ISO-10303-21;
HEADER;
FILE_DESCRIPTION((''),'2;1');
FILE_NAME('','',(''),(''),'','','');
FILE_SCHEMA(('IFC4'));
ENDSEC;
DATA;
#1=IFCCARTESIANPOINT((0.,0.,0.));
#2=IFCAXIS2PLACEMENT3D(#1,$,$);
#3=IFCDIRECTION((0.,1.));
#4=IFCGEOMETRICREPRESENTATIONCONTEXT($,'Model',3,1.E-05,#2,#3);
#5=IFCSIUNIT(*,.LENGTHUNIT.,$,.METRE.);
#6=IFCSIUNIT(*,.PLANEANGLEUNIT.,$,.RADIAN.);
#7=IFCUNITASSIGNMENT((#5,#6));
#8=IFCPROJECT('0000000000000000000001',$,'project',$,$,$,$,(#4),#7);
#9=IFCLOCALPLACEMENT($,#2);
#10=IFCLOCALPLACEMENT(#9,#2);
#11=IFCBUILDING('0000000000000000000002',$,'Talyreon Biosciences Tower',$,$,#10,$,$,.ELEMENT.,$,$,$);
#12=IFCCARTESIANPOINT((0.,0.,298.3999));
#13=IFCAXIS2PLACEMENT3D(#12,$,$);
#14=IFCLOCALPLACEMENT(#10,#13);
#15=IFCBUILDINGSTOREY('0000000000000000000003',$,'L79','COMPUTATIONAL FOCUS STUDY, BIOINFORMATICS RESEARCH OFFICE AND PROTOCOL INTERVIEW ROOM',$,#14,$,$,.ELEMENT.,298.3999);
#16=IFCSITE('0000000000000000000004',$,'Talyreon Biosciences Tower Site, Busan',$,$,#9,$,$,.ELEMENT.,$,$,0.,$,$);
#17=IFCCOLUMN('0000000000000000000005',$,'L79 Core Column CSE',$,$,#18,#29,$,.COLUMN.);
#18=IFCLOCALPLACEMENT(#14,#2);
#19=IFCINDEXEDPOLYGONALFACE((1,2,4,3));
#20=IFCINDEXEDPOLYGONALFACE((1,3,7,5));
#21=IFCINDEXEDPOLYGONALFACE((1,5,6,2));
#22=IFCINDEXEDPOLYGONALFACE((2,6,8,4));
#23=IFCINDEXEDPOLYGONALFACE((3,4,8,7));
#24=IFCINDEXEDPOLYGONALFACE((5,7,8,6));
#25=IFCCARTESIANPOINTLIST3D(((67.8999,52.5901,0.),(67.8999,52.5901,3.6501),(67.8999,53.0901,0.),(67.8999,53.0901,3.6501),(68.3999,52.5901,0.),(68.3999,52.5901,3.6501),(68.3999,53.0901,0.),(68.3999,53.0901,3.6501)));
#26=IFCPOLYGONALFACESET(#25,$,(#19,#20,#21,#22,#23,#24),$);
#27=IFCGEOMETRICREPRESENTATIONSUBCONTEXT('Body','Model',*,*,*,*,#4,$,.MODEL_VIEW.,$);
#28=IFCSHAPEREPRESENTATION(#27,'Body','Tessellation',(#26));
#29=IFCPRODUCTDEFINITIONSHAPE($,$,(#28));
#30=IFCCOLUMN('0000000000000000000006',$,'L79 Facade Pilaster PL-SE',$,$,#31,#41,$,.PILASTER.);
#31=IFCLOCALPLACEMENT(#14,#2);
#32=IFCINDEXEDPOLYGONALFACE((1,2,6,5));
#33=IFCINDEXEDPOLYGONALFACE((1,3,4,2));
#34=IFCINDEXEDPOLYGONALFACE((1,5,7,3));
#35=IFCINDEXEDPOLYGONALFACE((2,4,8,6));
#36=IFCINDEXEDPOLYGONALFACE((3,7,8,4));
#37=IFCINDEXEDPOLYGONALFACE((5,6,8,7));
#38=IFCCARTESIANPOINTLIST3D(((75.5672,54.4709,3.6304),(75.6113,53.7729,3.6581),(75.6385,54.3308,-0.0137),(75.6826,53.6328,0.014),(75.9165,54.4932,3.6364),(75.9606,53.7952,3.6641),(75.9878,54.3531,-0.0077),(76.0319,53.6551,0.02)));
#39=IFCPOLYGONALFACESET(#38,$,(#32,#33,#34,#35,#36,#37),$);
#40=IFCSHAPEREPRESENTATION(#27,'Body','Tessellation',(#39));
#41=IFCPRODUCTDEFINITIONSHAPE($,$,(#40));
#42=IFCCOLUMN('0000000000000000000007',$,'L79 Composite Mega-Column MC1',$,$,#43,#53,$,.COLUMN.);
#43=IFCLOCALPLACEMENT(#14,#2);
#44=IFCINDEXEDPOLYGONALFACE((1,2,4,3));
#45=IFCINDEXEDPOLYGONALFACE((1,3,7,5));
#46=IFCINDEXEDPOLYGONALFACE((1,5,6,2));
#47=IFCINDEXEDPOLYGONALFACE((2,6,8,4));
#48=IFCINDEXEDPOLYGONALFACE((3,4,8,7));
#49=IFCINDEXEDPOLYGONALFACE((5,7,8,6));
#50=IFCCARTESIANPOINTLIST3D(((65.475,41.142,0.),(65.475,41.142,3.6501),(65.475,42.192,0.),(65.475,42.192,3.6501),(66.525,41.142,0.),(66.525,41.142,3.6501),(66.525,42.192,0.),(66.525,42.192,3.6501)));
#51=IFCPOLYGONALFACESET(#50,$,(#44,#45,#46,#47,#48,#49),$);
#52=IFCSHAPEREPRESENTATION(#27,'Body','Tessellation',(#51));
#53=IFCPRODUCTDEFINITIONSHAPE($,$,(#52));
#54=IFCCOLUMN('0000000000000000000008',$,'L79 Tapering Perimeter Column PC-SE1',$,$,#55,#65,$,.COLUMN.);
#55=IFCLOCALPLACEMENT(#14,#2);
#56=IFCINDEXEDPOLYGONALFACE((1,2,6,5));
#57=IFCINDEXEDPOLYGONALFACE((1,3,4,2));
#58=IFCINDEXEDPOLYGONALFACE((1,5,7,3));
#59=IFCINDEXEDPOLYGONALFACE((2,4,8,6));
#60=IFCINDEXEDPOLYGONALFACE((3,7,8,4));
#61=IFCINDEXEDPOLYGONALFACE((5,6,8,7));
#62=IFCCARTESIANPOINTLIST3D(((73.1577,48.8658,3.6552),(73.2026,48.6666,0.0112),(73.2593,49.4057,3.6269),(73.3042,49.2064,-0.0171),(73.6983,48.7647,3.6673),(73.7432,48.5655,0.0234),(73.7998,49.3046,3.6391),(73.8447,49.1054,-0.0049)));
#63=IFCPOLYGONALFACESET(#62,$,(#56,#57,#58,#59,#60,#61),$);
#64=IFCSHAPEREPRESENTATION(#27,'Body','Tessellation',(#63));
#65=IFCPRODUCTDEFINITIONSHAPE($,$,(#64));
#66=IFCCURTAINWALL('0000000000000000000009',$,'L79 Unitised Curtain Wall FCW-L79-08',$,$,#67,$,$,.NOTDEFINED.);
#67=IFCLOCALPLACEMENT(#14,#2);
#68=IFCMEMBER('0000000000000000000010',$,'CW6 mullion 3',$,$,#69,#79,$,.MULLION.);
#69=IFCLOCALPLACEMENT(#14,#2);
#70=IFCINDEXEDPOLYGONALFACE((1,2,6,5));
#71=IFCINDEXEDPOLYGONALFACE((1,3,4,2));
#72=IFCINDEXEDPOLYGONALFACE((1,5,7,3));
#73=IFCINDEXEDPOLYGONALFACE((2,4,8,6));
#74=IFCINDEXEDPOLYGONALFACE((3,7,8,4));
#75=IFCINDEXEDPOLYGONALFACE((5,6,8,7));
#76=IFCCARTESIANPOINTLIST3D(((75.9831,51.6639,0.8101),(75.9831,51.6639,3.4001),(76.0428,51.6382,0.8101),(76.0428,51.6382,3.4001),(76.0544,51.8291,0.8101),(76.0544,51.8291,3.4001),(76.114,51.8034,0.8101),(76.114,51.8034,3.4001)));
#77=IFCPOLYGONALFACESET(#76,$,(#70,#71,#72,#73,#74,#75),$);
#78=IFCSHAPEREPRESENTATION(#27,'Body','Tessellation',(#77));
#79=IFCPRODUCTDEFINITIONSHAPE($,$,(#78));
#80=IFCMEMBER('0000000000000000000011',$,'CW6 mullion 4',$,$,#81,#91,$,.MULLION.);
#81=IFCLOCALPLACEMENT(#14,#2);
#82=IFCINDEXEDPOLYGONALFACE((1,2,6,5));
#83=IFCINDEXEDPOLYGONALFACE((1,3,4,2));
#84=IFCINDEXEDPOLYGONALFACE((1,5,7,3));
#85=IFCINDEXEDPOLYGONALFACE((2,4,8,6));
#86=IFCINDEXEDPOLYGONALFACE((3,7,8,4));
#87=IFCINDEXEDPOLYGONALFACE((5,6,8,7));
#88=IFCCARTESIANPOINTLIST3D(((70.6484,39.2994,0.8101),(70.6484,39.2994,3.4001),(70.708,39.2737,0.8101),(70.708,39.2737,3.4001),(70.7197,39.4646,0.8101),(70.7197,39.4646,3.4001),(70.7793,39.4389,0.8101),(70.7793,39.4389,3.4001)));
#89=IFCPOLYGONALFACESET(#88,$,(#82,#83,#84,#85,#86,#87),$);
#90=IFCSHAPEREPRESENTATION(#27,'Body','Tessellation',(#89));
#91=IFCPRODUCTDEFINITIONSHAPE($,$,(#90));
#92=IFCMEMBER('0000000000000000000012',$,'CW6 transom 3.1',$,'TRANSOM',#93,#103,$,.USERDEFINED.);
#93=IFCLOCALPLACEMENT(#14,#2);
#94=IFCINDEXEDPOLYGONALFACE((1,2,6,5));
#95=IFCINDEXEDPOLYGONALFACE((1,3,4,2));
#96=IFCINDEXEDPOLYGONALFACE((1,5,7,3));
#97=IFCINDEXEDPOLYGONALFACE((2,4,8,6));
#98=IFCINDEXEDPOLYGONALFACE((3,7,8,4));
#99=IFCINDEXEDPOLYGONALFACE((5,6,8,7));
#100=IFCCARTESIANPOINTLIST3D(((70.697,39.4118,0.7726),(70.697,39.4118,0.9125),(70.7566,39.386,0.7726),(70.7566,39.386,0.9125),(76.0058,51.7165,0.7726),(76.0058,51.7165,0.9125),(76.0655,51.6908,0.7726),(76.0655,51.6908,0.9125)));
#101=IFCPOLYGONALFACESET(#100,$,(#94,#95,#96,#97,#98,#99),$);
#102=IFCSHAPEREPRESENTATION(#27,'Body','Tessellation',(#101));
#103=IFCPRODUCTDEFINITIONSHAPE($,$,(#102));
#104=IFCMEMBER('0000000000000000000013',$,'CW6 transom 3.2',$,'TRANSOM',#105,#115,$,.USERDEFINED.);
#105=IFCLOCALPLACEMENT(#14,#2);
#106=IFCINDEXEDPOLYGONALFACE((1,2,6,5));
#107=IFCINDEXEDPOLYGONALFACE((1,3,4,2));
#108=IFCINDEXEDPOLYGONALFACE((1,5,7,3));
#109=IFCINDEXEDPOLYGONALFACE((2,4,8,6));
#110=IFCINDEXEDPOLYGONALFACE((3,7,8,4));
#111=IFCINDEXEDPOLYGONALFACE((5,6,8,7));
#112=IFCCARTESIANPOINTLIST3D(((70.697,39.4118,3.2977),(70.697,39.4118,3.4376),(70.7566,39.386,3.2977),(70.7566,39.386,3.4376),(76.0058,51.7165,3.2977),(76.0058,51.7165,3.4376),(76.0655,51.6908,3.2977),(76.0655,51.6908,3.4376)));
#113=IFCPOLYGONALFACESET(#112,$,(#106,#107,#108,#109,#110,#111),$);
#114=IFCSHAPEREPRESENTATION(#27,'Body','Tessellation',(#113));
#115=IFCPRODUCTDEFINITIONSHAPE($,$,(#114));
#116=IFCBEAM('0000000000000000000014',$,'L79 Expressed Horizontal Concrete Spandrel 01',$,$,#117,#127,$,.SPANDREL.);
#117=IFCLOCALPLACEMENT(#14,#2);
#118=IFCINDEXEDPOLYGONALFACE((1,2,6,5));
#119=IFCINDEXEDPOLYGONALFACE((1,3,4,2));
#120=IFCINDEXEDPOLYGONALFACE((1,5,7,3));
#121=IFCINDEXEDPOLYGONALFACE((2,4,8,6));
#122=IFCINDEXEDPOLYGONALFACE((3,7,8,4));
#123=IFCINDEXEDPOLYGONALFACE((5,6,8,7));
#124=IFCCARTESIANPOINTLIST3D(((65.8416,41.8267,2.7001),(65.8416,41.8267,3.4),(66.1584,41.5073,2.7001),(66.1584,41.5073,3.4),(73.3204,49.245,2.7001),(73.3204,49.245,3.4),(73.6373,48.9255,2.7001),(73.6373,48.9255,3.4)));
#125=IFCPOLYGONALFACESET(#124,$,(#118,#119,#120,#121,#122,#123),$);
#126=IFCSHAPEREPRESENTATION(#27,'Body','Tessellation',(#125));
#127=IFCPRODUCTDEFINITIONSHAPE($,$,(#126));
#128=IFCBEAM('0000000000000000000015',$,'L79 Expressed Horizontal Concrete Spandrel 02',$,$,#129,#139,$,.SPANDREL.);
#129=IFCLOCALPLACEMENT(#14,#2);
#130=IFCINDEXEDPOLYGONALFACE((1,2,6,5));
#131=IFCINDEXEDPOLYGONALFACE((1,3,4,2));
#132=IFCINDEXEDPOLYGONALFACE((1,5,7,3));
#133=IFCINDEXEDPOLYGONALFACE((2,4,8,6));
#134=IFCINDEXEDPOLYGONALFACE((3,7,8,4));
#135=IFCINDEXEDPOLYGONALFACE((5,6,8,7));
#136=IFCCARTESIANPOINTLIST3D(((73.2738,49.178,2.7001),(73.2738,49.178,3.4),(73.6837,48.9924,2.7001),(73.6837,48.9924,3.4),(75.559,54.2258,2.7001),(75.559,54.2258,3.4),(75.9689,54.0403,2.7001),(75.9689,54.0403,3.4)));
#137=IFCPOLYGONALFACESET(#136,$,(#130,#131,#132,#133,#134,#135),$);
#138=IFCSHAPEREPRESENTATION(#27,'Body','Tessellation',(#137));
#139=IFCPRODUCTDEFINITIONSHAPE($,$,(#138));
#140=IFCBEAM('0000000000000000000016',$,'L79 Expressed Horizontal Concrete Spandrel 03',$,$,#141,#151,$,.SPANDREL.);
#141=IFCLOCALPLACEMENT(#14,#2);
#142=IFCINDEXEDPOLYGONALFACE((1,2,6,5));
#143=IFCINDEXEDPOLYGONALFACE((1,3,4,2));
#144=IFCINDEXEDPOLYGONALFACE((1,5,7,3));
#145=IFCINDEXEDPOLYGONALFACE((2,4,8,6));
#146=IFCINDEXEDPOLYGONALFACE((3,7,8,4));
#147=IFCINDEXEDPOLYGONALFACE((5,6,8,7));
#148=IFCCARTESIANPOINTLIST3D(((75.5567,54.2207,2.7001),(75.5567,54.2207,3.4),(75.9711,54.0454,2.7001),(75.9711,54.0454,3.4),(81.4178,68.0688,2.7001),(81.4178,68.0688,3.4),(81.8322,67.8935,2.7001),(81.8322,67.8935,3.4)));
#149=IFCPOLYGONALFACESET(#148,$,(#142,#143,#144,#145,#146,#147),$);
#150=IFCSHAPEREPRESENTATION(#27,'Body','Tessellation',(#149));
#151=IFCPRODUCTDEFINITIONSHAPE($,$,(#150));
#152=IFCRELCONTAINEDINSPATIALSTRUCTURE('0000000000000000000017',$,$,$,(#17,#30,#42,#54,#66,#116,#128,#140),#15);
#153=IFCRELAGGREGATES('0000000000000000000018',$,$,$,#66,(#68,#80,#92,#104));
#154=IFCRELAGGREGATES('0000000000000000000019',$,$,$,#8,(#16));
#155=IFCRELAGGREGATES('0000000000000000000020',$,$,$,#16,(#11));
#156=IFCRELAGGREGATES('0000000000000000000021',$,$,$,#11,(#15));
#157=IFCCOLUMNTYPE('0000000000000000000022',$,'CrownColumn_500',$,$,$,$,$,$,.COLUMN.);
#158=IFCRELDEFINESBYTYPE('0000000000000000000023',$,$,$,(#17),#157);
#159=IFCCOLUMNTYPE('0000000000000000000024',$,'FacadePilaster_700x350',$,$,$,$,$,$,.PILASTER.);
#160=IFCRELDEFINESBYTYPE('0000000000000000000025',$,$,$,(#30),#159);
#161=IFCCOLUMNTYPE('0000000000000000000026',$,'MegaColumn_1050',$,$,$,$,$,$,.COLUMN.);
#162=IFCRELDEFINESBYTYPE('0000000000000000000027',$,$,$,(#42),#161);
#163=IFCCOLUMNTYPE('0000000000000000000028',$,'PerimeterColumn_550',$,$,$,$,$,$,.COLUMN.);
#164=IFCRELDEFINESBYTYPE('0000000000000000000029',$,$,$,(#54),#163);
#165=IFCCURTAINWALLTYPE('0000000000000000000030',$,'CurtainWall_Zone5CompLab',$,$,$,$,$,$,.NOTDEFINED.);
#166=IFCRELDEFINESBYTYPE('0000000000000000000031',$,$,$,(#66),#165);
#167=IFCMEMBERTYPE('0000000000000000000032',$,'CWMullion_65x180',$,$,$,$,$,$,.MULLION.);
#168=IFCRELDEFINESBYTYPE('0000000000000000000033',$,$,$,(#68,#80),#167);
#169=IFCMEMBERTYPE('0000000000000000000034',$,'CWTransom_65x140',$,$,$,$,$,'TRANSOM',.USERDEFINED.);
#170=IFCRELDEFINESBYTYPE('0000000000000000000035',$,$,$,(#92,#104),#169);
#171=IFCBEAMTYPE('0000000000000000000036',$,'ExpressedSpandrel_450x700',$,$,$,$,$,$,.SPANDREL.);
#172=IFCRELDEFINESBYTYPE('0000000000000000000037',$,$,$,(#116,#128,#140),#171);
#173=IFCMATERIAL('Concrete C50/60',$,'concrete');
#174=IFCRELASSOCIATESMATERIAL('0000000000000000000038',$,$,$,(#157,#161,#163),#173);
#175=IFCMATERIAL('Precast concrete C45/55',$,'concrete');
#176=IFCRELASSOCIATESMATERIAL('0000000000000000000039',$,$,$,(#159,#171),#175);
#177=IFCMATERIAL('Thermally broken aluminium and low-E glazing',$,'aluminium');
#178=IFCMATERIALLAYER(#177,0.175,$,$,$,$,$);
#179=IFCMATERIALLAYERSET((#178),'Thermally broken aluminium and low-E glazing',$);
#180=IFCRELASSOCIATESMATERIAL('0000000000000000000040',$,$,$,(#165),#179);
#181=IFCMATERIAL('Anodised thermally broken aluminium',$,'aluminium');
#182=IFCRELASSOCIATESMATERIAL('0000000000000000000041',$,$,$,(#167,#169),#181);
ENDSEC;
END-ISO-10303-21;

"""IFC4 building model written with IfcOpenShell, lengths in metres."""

from ifc_helpers import new_model, si_unit, direction, frame, origin, origin_2d, place, context, subcontext, project, spatial, rectangle, extrude, material, layer, layer_set, material_profile, profile_set, type_object, element, aggregate, save


model = new_model("IFC4")

# Units and contexts
model_context = context("Model", 3, precision=1e-05, world=origin(), true_north=direction((0.0, 1.0)))
body_context = subcontext(model_context, "Body", "Model", "MODEL_VIEW")
ifc_project = project(units=[si_unit("LENGTHUNIT", "METRE"), si_unit("PLANEANGLEUNIT", "RADIAN")], contexts=[model_context])

# Site, building, storey
site_placement = place(None, origin())
site = spatial("IfcSite", under=ifc_project, at=site_placement, Name="Talyreon Biosciences Tower Site, Busan", CompositionType="ELEMENT", RefElevation=0.0)
building_placement = place(site_placement, origin())
building = spatial("IfcBuilding", under=site, at=building_placement, Name="Talyreon Biosciences Tower", CompositionType="ELEMENT")
storey_placement = place(building_placement, frame((0.0, 0.0, 298.3999)))
storey = spatial("IfcBuildingStorey", under=building, at=storey_placement, Name="L79", Description="COMPUTATIONAL FOCUS STUDY, BIOINFORMATICS RESEARCH OFFICE AND PROTOCOL INTERVIEW ROOM", CompositionType="ELEMENT", Elevation=298.3999)

# Columns
ifc_material_1 = material(Name="Concrete C50/60", Category="concrete")
ifc_material_profile_1 = material_profile(ifc_material_1, rectangle(XDim=0.5, YDim=0.5, at=origin_2d()), Name="RC 500x500")
ifc_profile_set_1 = profile_set([ifc_material_profile_1], Name="Concrete C50/60")
column_type_1 = type_object("IfcColumnType", Name="CrownColumn_500", PredefinedType="COLUMN", material=ifc_profile_set_1)
column_1_placement = place(storey_placement, frame((68.1499, 52.8401, 0.0), z_axis=(0.0, 0.0, 1.0), x_axis=(1.0, 0.0, 0.0)))
element("IfcColumn", 1, at=column_1_placement, inside=storey, type_object=column_type_1, Name="L79 Core Column CSE", PredefinedType="COLUMN", context=body_context, shape_type="SweptSolid", body=[
    extrude(rectangle(XDim=0.5, YDim=0.5, at=origin_2d()), origin(), (0.0, 0.0, 1.0), 3.6501),
])
ifc_material_2 = material(Name="Precast concrete C45/55", Category="concrete")
ifc_material_profile_2 = material_profile(ifc_material_2, rectangle(XDim=0.7, YDim=0.3501, at=origin_2d()), Name="RC 700x350")
ifc_profile_set_2 = profile_set([ifc_material_profile_2], Name="Precast concrete C45/55")
column_type_2 = type_object("IfcColumnType", Name="FacadePilaster_700x350", PredefinedType="PILASTER", material=ifc_profile_set_2)
column_2_placement = place(storey_placement, frame((75.8352, 53.9929, 0.0032), z_axis=(-0.019545, 0.038421, 0.99907), x_axis=(0.062995, -0.997229, 0.039582)))
element("IfcColumn", 2, at=column_2_placement, inside=storey, type_object=column_type_2, Name="L79 Facade Pilaster PL-SE", PredefinedType="PILASTER", context=body_context, shape_type="SweptSolid", body=[
    extrude(rectangle(XDim=0.7, YDim=0.3501, at=origin_2d()), origin(), (0.0, 0.0, 1.0), 3.6475),
])
ifc_material_profile_3 = material_profile(ifc_material_1, rectangle(XDim=1.05, YDim=1.05, at=origin_2d()), Name="RC 1050x1050")
ifc_profile_set_3 = profile_set([ifc_material_profile_3], Name="Concrete C50/60")
column_type_3 = type_object("IfcColumnType", Name="MegaColumn_1050", PredefinedType="COLUMN", material=ifc_profile_set_3)
column_3_placement = place(storey_placement, frame((66.0, 41.667, 0.0), z_axis=(0.0, 0.0, 1.0), x_axis=(1.0, 0.0, 0.0)))
element("IfcColumn", 3, at=column_3_placement, inside=storey, type_object=column_type_3, Name="L79 Composite Mega-Column MC1", PredefinedType="COLUMN", context=body_context, shape_type="SweptSolid", body=[
    extrude(rectangle(XDim=1.05, YDim=1.05, at=origin_2d()), origin(), (0.0, 0.0, 1.0), 3.6501),
])
ifc_material_profile_4 = material_profile(ifc_material_1, rectangle(XDim=0.55, YDim=0.55, at=origin_2d()), Name="RC 550x550")
ifc_profile_set_4 = profile_set([ifc_material_profile_4], Name="Concrete C50/60")
column_type_4 = type_object("IfcColumnType", Name="PerimeterColumn_550", PredefinedType="COLUMN", material=ifc_profile_set_4)
column_4_placement = place(storey_placement, frame((73.5237, 48.886, 0.0032), z_axis=(-0.012308, 0.054584, 0.998433), x_axis=(-0.184643, -0.981462, 0.05138)))
element("IfcColumn", 4, at=column_4_placement, inside=storey, type_object=column_type_4, Name="L79 Tapering Perimeter Column PC-SE1", PredefinedType="COLUMN", context=body_context, shape_type="SweptSolid", body=[
    extrude(rectangle(XDim=0.55, YDim=0.55, at=origin_2d()), origin(), (0.0, 0.0, 1.0), 3.6497),
])

# Curtain wall, members
ifc_material_3 = material(Name="Thermally broken aluminium and low-E glazing", Category="aluminium")
ifc_layer_1 = layer(ifc_material_3, 0.175)
ifc_layer_set_1 = layer_set([ifc_layer_1], Name="Thermally broken aluminium and low-E glazing")
curtain_wall_type = type_object("IfcCurtainWallType", Name="CurtainWall_Zone5CompLab", PredefinedType="NOTDEFINED", material=ifc_layer_set_1)
curtain_wall_placement = place(storey_placement, origin())
curtain_wall = element("IfcCurtainWall", 5, at=curtain_wall_placement, inside=storey, type_object=curtain_wall_type, Name="L79 Unitised Curtain Wall FCW-L79-08", PredefinedType="NOTDEFINED")
ifc_material_4 = material(Name="Anodised thermally broken aluminium", Category="aluminium")
ifc_material_profile_5 = material_profile(ifc_material_4, rectangle(XDim=0.0649, YDim=0.1799, at=origin_2d()), Name="ALUM MULLION 65x180")
ifc_profile_set_5 = profile_set([ifc_material_profile_5], Name="Anodised thermally broken aluminium")
member_type_1 = type_object("IfcMemberType", Name="CWMullion_65x180", PredefinedType="MULLION", material=ifc_profile_set_5)
member_1_placement = place(storey_placement, frame((76.0486, 51.7336, 0.8101), z_axis=(0.0, 0.0, 1.0), x_axis=(0.918187, -0.396147, 0.0)))
member_1 = element("IfcMember", 6, at=member_1_placement, type_object=member_type_1, Name="CW6 mullion 3", PredefinedType="MULLION", context=body_context, shape_type="SweptSolid", body=[
    extrude(rectangle(XDim=0.0649, YDim=0.1799, at=origin_2d()), origin(), (0.0, 0.0, 1.0), 2.5901),
])
member_2_placement = place(storey_placement, frame((70.7139, 39.3691, 0.8101), z_axis=(0.0, 0.0, 1.0), x_axis=(0.918187, -0.396147, 0.0)))
member_2 = element("IfcMember", 7, at=member_2_placement, type_object=member_type_1, Name="CW6 mullion 4", PredefinedType="MULLION", context=body_context, shape_type="SweptSolid", body=[
    extrude(rectangle(XDim=0.0649, YDim=0.1799, at=origin_2d()), origin(), (0.0, 0.0, 1.0), 2.5901),
])
ifc_material_profile_6 = material_profile(ifc_material_4, rectangle(XDim=0.0649, YDim=0.1399, at=origin_2d()), Name="ALUM TRANSOM 65x140")
ifc_profile_set_6 = profile_set([ifc_material_profile_6], Name="Anodised thermally broken aluminium")
member_type_2 = type_object("IfcMemberType", Name="CWTransom_65x140", ElementType="TRANSOM", PredefinedType="USERDEFINED", material=ifc_profile_set_6)
member_3_placement = place(storey_placement, frame((76.0356, 51.7036, 0.8425), z_axis=(-0.39615, -0.918186, 0.0), x_axis=(0.918186, -0.39615, 0.0)))
member_3 = element("IfcMember", 8, at=member_3_placement, type_object=member_type_2, Name="CW6 transom 3.1", ObjectType="TRANSOM", PredefinedType="USERDEFINED", context=body_context, shape_type="SweptSolid", body=[
    extrude(rectangle(XDim=0.0649, YDim=0.1399, at=origin_2d()), origin(), (0.0, 0.0, 1.0), 13.4011),
])
member_4_placement = place(storey_placement, frame((76.0356, 51.7036, 3.3677), z_axis=(-0.39615, -0.918186, 0.0), x_axis=(0.918186, -0.39615, 0.0)))
member_4 = element("IfcMember", 9, at=member_4_placement, type_object=member_type_2, Name="CW6 transom 3.2", ObjectType="TRANSOM", PredefinedType="USERDEFINED", context=body_context, shape_type="SweptSolid", body=[
    extrude(rectangle(XDim=0.0649, YDim=0.1399, at=origin_2d()), origin(), (0.0, 0.0, 1.0), 13.4011),
])

# Beams
ifc_material_profile_7 = material_profile(ifc_material_2, rectangle(XDim=0.45, YDim=0.7, at=origin_2d()), Name="RCB 450x700")
ifc_profile_set_7 = profile_set([ifc_material_profile_7], Name="Precast concrete C45/55")
beam_type_1 = type_object("IfcBeamType", Name="ExpressedSpandrel_450x700", PredefinedType="SPANDREL", material=ifc_profile_set_7)
beam_1_placement = place(storey_placement, frame((66.0, 41.667, 3.05), z_axis=(0.709975, 0.704227, 0.0), x_axis=(-0.704227, 0.709975, 0.0)))
element("IfcBeam", 10, at=beam_1_placement, inside=storey, type_object=beam_type_1, Name="L79 Expressed Horizontal Concrete Spandrel 01", PredefinedType="SPANDREL", context=body_context, shape_type="SweptSolid", body=[
    extrude(rectangle(XDim=0.45, YDim=0.7, at=origin_2d()), origin(), (0.0, 0.0, 1.0), 10.5339),
])
beam_2_placement = place(storey_placement, frame((73.4788, 49.0852, 3.05), z_axis=(0.412408, 0.910999, 0.0), x_axis=(-0.910999, 0.412408, 0.0)))
element("IfcBeam", 11, at=beam_2_placement, inside=storey, type_object=beam_type_1, Name="L79 Expressed Horizontal Concrete Spandrel 02", PredefinedType="SPANDREL", context=body_context, shape_type="SweptSolid", body=[
    extrude(rectangle(XDim=0.45, YDim=0.7, at=origin_2d()), origin(), (0.0, 0.0, 1.0), 5.541),
])
beam_3_placement = place(storey_placement, frame((75.7639, 54.1331, 3.05), z_axis=(0.389767, 0.920913, 0.0), x_axis=(-0.920913, 0.389767, 0.0)))
element("IfcBeam", 12, at=beam_3_placement, inside=storey, type_object=beam_type_1, Name="L79 Expressed Horizontal Concrete Spandrel 03", PredefinedType="SPANDREL", context=body_context, shape_type="SweptSolid", body=[
    extrude(rectangle(XDim=0.45, YDim=0.7, at=origin_2d()), origin(), (0.0, 0.0, 1.0), 15.0374),
])

aggregate(curtain_wall, [member_1, member_2, member_3, member_4])

save(model, "model.ifc")
